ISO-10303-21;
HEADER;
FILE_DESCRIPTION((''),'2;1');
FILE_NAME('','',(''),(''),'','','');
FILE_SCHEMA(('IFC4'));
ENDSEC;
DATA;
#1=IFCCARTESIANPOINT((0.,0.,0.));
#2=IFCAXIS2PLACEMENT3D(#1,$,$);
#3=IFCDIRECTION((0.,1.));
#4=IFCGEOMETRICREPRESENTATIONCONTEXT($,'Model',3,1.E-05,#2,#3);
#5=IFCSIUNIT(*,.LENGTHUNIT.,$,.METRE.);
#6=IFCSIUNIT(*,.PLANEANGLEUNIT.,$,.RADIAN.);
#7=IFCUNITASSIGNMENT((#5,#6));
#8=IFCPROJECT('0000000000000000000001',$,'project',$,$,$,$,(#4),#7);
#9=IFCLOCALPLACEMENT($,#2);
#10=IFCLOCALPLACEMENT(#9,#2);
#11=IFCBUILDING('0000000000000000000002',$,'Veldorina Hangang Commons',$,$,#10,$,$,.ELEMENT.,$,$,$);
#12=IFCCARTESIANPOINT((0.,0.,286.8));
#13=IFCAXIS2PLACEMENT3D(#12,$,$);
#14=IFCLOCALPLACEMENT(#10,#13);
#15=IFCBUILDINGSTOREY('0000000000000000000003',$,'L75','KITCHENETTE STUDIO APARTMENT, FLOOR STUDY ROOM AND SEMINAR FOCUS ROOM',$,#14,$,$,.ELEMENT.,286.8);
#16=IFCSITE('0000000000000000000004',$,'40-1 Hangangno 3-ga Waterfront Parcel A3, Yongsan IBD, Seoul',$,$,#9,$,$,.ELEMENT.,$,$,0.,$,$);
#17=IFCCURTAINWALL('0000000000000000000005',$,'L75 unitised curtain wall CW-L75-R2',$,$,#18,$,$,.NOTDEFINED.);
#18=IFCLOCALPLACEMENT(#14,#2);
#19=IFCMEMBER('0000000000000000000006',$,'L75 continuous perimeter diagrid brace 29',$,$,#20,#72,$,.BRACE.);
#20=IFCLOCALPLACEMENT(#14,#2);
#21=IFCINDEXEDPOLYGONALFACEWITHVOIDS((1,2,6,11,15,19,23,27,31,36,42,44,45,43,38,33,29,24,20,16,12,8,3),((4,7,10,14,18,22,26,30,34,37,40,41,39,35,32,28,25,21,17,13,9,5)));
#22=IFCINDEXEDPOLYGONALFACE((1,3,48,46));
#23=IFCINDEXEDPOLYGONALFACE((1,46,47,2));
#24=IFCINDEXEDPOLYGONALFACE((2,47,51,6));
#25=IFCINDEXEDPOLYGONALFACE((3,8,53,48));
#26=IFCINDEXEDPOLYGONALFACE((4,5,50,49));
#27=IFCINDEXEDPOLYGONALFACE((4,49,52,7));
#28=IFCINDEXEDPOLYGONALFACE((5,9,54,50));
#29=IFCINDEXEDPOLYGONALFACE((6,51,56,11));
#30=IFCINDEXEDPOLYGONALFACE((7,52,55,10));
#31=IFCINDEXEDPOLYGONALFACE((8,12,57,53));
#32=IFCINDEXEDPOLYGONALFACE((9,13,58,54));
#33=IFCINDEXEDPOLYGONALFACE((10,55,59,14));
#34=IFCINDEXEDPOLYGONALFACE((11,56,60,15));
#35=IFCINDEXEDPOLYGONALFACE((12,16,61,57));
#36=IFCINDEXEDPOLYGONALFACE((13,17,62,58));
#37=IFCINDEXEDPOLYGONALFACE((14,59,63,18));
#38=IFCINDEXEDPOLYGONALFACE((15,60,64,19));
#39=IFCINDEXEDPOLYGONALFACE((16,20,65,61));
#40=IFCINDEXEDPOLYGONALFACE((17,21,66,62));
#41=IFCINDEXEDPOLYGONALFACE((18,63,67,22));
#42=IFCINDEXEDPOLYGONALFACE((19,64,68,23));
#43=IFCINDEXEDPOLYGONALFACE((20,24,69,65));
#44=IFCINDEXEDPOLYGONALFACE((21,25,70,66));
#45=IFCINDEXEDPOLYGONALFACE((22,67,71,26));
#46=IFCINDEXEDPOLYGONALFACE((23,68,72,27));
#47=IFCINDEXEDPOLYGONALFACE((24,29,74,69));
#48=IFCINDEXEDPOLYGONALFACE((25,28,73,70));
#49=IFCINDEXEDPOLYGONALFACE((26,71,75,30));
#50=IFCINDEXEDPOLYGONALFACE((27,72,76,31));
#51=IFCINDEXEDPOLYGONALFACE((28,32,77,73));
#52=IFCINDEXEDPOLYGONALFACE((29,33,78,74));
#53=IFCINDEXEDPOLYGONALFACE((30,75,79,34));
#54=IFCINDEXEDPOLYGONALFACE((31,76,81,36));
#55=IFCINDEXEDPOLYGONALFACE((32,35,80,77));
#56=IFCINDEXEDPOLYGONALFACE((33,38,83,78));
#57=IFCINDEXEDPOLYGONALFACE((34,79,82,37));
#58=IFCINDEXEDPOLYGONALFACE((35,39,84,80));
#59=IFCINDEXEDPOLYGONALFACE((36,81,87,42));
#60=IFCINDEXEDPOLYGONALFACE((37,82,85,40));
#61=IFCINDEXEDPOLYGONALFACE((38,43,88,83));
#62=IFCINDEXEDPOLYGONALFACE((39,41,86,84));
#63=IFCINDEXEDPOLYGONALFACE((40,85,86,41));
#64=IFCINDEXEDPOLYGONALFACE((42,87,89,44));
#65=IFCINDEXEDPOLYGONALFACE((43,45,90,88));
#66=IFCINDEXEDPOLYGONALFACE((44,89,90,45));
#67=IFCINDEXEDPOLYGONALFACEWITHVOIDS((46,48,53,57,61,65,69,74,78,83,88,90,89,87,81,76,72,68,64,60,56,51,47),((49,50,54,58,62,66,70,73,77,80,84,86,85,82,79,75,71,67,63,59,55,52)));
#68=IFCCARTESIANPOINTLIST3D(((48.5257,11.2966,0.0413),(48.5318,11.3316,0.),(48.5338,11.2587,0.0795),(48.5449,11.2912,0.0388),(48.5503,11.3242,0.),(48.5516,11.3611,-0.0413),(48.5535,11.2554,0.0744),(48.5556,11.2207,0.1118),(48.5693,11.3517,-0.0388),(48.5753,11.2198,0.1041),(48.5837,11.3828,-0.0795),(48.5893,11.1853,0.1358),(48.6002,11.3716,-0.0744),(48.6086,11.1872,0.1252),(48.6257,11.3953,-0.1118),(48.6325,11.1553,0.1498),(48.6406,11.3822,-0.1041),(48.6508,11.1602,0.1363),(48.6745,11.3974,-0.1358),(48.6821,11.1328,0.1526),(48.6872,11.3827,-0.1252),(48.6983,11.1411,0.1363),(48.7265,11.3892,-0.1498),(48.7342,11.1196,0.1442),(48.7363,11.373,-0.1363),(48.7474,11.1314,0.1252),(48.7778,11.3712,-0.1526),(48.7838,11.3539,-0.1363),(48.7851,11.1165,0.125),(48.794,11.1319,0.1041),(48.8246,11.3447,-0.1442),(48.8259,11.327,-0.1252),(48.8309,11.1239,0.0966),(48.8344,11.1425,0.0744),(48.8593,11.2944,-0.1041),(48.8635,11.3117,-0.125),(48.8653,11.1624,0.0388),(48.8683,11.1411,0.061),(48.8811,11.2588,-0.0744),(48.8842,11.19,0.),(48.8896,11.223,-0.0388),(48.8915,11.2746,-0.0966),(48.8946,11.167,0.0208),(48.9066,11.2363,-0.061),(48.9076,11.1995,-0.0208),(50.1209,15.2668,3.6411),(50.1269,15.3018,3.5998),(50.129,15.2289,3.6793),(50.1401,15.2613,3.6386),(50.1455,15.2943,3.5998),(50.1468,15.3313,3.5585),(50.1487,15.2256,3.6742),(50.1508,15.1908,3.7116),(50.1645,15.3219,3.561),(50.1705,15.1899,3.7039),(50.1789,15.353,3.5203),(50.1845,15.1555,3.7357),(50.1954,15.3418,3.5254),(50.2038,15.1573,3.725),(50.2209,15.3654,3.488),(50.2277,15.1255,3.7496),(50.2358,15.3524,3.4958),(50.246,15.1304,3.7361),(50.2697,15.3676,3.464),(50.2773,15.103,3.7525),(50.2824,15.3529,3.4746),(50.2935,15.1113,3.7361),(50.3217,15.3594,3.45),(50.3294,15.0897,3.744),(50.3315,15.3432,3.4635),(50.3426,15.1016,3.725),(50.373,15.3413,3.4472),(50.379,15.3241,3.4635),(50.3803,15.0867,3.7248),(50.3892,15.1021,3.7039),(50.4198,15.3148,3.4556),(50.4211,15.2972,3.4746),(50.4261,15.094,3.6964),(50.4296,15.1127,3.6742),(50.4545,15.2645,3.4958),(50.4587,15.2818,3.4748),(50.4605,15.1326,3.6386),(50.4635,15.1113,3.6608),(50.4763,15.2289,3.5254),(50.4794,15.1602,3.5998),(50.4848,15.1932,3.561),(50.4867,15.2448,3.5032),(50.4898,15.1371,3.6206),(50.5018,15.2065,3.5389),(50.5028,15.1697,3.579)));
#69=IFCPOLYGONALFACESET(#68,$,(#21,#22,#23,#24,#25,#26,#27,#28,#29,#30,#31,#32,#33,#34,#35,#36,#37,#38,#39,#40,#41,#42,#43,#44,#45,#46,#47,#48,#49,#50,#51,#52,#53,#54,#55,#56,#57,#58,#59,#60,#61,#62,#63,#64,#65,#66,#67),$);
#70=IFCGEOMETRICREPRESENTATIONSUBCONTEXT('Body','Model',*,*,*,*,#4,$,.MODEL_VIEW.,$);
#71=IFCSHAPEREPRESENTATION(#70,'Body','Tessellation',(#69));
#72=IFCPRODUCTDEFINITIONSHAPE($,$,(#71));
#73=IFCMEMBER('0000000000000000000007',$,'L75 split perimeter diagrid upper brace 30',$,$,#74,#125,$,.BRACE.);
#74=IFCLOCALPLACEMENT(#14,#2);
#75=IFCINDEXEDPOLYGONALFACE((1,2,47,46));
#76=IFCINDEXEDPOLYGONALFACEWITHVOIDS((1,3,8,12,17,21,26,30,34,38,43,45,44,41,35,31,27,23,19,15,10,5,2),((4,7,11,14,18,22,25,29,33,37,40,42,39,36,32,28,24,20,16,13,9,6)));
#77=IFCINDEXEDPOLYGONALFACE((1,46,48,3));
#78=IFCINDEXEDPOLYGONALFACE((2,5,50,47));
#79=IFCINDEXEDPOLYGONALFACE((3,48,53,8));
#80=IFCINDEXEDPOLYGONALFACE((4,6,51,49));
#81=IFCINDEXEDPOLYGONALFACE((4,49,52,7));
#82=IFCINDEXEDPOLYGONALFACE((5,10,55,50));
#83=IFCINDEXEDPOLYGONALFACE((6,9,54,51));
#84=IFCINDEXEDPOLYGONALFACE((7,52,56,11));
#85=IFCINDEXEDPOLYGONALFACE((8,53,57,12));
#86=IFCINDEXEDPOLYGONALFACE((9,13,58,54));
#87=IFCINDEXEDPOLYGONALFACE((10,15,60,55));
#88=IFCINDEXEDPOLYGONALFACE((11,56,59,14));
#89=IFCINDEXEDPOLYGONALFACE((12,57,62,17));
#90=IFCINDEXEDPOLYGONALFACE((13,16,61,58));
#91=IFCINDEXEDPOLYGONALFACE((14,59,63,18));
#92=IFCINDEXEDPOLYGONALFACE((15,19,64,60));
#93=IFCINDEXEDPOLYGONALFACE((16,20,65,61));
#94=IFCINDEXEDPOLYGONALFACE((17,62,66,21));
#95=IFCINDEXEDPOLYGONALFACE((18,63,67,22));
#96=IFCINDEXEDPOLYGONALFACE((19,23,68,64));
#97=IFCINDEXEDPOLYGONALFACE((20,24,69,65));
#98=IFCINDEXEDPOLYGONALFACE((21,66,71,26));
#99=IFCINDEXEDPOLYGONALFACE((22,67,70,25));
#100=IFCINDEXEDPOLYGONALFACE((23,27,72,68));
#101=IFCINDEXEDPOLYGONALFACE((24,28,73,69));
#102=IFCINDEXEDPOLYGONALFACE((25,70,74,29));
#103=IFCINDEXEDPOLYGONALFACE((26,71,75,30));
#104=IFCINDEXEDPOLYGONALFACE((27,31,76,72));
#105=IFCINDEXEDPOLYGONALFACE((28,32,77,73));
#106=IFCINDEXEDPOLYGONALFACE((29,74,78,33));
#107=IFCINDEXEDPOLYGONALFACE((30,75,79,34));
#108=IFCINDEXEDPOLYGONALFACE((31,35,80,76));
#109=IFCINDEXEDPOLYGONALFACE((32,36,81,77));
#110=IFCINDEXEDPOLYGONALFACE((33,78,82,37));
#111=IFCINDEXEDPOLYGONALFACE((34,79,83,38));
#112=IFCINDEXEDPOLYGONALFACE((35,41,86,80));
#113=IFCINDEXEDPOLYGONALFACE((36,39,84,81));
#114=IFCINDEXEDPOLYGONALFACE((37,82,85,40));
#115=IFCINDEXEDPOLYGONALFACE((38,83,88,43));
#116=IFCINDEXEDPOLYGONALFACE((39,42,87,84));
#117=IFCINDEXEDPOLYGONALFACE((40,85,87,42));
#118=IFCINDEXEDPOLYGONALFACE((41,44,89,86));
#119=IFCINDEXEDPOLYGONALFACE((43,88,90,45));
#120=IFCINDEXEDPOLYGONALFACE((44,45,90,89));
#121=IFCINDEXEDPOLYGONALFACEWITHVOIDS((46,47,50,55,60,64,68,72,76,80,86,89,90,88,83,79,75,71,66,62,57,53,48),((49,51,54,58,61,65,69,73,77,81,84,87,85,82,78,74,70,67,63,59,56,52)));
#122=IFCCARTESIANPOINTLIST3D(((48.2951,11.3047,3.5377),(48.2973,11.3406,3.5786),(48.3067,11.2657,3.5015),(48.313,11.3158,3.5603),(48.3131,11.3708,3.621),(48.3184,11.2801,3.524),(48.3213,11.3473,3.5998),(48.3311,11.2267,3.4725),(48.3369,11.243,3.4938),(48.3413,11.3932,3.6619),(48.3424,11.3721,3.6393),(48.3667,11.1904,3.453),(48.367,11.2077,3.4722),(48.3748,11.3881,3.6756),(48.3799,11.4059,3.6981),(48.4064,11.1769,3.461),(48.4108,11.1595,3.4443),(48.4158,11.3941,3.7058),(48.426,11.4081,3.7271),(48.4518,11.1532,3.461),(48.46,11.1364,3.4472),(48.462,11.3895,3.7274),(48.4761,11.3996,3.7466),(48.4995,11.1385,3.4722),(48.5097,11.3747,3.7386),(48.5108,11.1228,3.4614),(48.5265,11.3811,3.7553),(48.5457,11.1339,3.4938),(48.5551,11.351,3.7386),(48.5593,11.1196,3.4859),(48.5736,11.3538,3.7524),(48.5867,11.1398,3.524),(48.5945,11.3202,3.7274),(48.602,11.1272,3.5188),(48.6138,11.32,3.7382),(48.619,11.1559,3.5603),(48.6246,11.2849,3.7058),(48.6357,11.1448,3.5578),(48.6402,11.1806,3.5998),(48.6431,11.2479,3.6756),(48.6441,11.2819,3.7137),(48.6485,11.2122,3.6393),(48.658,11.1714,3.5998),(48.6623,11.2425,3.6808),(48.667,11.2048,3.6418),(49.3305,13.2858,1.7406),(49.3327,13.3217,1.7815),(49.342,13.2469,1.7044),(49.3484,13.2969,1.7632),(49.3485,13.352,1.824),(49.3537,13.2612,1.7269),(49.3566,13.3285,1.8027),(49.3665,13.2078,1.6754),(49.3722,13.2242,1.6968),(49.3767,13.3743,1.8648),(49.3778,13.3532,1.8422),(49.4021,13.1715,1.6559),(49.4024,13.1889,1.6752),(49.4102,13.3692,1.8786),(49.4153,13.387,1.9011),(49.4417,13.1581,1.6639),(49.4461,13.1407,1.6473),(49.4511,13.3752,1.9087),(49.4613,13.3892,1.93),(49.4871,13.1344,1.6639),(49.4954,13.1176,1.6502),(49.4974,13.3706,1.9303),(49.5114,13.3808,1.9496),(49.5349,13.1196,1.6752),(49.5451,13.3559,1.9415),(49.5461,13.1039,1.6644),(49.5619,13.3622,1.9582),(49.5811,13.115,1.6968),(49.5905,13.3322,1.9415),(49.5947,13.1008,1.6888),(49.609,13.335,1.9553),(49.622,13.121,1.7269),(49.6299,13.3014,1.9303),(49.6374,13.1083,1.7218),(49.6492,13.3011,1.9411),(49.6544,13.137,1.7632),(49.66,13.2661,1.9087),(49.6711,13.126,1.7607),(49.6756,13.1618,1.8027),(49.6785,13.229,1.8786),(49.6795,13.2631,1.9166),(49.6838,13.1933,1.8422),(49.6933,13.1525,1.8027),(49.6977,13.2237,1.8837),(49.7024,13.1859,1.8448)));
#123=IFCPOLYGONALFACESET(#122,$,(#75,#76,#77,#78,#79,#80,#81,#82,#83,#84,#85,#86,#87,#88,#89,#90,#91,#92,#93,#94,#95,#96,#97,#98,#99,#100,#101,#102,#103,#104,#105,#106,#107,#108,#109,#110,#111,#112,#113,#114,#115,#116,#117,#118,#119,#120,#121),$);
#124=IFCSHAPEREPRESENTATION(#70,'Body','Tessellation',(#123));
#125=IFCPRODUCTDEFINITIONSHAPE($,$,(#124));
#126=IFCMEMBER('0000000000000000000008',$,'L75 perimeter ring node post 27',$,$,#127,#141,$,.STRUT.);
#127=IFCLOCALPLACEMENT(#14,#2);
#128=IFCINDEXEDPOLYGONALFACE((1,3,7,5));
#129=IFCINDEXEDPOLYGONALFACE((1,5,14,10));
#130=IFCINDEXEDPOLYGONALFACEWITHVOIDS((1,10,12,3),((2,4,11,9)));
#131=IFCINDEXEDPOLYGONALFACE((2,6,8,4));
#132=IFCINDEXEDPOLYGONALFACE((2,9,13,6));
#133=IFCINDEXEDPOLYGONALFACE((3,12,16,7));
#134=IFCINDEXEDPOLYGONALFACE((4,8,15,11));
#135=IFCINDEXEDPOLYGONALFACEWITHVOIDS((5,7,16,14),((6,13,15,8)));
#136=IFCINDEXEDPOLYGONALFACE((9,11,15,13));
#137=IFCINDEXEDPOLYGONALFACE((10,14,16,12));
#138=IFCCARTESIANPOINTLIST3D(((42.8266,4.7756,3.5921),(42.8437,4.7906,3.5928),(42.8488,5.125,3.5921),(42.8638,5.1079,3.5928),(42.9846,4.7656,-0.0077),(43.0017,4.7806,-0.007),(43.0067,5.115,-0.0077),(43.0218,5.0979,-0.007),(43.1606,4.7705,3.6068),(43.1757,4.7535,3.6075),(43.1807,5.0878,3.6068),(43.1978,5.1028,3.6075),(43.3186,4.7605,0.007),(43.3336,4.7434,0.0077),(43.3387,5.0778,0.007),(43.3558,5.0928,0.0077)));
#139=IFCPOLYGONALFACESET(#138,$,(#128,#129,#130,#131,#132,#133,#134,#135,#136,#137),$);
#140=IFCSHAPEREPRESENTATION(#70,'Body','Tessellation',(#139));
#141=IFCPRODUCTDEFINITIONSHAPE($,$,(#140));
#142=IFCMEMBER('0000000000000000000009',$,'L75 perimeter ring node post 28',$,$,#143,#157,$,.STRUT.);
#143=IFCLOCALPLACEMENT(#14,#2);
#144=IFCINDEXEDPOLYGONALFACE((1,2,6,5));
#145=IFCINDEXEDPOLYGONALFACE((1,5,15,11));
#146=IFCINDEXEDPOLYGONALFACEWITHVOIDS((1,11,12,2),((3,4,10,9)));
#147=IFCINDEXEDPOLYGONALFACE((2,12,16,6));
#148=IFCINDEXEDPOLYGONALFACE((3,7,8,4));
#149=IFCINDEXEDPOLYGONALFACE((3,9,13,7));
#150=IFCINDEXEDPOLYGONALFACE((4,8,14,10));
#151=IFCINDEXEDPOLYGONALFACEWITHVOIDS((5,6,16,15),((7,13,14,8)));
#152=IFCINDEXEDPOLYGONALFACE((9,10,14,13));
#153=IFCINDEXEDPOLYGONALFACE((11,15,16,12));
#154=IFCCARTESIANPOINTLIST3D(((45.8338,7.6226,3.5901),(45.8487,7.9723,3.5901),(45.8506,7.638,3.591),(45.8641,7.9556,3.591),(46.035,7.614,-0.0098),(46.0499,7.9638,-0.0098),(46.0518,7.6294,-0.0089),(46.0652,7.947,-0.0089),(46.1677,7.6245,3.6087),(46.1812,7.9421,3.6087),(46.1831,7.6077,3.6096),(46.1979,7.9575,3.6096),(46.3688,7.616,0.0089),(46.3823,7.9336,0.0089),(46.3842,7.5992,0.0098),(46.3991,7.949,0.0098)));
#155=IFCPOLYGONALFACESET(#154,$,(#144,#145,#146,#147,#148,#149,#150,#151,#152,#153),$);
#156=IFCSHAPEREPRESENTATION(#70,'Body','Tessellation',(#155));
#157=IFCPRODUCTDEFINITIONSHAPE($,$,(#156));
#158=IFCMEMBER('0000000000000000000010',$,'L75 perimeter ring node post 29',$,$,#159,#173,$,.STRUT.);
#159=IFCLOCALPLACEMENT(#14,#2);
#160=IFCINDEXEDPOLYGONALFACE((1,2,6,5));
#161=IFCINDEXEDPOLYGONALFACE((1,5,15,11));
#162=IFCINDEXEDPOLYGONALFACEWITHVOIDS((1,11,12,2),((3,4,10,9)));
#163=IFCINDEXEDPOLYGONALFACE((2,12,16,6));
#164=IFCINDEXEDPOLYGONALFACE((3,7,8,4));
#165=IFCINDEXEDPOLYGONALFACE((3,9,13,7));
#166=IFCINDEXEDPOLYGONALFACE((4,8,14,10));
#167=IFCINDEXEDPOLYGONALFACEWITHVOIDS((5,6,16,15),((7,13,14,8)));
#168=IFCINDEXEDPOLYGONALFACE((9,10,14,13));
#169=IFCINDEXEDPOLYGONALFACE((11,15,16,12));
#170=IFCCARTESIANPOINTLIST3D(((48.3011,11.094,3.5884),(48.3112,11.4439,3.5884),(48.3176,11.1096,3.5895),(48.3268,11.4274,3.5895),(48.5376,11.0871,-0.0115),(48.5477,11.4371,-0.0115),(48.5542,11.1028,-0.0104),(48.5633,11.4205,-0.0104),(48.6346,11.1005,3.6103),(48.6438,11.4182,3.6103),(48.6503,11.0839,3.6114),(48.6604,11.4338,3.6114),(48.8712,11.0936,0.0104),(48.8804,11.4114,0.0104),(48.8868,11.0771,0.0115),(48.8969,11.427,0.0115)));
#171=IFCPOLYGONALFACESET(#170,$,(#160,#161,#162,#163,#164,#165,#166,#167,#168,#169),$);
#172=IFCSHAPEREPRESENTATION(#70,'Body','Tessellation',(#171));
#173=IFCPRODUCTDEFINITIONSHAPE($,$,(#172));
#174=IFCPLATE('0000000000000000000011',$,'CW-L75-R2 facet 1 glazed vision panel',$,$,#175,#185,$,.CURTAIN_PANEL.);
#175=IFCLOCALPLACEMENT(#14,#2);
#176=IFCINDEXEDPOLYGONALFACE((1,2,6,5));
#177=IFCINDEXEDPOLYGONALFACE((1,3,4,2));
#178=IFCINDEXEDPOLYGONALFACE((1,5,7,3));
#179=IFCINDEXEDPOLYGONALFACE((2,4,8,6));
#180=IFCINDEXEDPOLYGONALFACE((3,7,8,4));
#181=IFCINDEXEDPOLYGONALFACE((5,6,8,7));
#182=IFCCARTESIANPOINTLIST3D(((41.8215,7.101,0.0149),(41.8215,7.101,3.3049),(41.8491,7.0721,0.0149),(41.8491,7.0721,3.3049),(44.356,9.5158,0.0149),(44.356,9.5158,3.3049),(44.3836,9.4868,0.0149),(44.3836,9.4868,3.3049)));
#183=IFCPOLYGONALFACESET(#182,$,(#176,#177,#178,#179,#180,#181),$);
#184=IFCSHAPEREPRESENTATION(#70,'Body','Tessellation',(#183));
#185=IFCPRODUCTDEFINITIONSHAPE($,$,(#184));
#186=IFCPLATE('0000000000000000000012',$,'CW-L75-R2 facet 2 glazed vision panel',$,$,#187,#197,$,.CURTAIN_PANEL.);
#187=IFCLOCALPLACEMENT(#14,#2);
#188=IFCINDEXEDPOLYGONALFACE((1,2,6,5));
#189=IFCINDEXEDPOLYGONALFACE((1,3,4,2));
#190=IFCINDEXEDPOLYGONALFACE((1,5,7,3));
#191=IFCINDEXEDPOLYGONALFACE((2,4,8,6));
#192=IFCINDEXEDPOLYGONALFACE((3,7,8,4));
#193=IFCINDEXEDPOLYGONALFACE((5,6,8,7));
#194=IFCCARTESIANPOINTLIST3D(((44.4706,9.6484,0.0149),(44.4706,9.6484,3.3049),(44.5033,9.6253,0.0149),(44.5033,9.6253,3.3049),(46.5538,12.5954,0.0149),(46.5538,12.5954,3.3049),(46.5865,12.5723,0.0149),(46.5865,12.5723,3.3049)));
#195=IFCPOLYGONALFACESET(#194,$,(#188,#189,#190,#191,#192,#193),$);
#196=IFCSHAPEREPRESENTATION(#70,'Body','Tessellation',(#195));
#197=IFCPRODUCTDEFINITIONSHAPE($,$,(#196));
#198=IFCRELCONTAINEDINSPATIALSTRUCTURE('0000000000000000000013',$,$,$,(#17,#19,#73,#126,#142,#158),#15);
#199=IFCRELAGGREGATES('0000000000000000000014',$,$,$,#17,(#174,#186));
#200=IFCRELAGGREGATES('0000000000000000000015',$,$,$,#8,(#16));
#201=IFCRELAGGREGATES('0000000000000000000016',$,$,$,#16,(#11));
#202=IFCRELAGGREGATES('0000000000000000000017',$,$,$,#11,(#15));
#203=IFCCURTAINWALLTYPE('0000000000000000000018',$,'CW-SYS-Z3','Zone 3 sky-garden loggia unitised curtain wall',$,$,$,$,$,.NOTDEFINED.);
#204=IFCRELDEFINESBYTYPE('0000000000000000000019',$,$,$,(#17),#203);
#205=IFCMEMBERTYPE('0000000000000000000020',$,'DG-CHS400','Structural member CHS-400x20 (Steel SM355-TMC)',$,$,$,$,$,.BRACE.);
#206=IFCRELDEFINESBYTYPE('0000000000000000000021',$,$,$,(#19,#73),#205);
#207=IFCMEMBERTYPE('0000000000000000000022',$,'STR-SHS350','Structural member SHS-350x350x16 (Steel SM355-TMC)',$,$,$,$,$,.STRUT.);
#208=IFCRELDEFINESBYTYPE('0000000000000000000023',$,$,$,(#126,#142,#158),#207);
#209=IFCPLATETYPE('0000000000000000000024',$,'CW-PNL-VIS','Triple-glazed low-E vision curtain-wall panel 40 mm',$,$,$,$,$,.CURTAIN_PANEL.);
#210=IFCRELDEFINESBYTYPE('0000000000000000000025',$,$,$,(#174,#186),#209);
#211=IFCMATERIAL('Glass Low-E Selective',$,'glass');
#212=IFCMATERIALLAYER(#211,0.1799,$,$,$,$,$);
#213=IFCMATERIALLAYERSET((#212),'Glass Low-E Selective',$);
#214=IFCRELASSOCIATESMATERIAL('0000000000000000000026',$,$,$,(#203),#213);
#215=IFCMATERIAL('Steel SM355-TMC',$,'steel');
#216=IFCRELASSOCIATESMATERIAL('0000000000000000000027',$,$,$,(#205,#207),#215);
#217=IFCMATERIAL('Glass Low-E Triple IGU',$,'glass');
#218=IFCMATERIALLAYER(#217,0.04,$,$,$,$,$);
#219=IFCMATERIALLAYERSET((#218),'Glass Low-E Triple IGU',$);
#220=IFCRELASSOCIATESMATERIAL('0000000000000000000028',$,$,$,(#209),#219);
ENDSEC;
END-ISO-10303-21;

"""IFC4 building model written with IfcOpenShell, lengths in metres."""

from ifc_helpers import new_model, si_unit, direction, frame, origin, origin_2d, place, context, subcontext, project, spatial, rectangle, hollow_rectangle, hollow_circle, extrude, material, layer, layer_set, material_profile, profile_set, type_object, element, aggregate, save


model = new_model("IFC4")

# Units and contexts
model_context = context("Model", 3, precision=1e-05, world=origin(), true_north=direction((0.0, 1.0)))
body_context = subcontext(model_context, "Body", "Model", "MODEL_VIEW")
ifc_project = project(units=[si_unit("LENGTHUNIT", "METRE"), si_unit("PLANEANGLEUNIT", "RADIAN")], contexts=[model_context])

# Site, building, storey
site_placement = place(None, origin())
site = spatial("IfcSite", under=ifc_project, at=site_placement, Name="40-1 Hangangno 3-ga Waterfront Parcel A3, Yongsan IBD, Seoul", CompositionType="ELEMENT", RefElevation=0.0)
building_placement = place(site_placement, origin())
building = spatial("IfcBuilding", under=site, at=building_placement, Name="Veldorina Hangang Commons", CompositionType="ELEMENT")
storey_placement = place(building_placement, frame((0.0, 0.0, 286.8)))
storey = spatial("IfcBuildingStorey", under=building, at=storey_placement, Name="L75", Description="KITCHENETTE STUDIO APARTMENT, FLOOR STUDY ROOM AND SEMINAR FOCUS ROOM", CompositionType="ELEMENT", Elevation=286.8)

# Shared definitions
ifc_material_1 = material(Name="Steel SM355-TMC", Category="steel")

# Curtain wall
ifc_material_2 = material(Name="Glass Low-E Selective", Category="glass")
ifc_layer_1 = layer(ifc_material_2, 0.1799)
ifc_layer_set_1 = layer_set([ifc_layer_1], Name="Glass Low-E Selective")
curtain_wall_type = type_object("IfcCurtainWallType", Name="CW-SYS-Z3", Description="Zone 3 sky-garden loggia unitised curtain wall", PredefinedType="NOTDEFINED", material=ifc_layer_set_1)
curtain_wall_placement = place(storey_placement, origin())
curtain_wall = element("IfcCurtainWall", 1, at=curtain_wall_placement, inside=storey, type_object=curtain_wall_type, Name="L75 unitised curtain wall CW-L75-R2", PredefinedType="NOTDEFINED")

# Members
ifc_material_profile_1 = material_profile(ifc_material_1, hollow_circle(Radius=0.2, WallThickness=0.02, at=origin_2d()), Name="CHS-400x20")
ifc_profile_set_1 = profile_set([ifc_material_profile_1], Name="Steel SM355-TMC")
member_type_1 = type_object("IfcMemberType", Name="DG-CHS400", Description="Structural member CHS-400x20 (Steel SM355-TMC)", PredefinedType="BRACE", material=ifc_profile_set_1)
member_1_placement = place(storey_placement, frame((48.7173, 11.2571, 0.0), z_axis=(0.285286, 0.710029, 0.643794), x_axis=(-0.927901, 0.372827, 0.0)))
element("IfcMember", 2, at=member_1_placement, inside=storey, type_object=member_type_1, Name="L75 continuous perimeter diagrid brace 29", PredefinedType="BRACE", context=body_context, shape_type="SweptSolid", body=[
    extrude(hollow_circle(Radius=0.2, WallThickness=0.02, at=origin_2d()), origin(), (0.0, 0.0, 1.0), 5.5916),
])
member_2_placement = place(storey_placement, frame((49.5161, 13.2451, 1.8027), z_axis=(-0.360987, -0.690736, 0.626556), x_axis=(0.886267, -0.463174, 0.0)))
element("IfcMember", 3, at=member_2_placement, inside=storey, type_object=member_type_1, Name="L75 split perimeter diagrid upper brace 30", PredefinedType="BRACE", context=body_context, shape_type="SweptSolid", body=[
    extrude(hollow_circle(Radius=0.2, WallThickness=0.02, at=origin_2d()), origin(), (0.0, 0.0, 1.0), 2.8682),
])
ifc_material_profile_2 = material_profile(ifc_material_1, hollow_rectangle(XDim=0.3501, YDim=0.3501, WallThickness=0.0161, at=origin_2d()), Name="SHS-350x350x16")
ifc_profile_set_2 = profile_set([ifc_material_profile_2], Name="Steel SM355-TMC")
member_type_2 = type_object("IfcMemberType", Name="STR-SHS350", Description="Structural member SHS-350x350x16 (Steel SM355-TMC)", PredefinedType="STRUT", material=ifc_profile_set_2)
member_3_placement = place(storey_placement, frame((43.1702, 4.9292, 0.0), z_axis=(-0.043837, 0.002778, 0.999035), x_axis=(-0.063243, -0.997998, 0.0)))
element("IfcMember", 4, at=member_3_placement, inside=storey, type_object=member_type_2, Name="L75 perimeter ring node post 27", PredefinedType="STRUT", context=body_context, shape_type="SweptSolid", body=[
    extrude(hollow_rectangle(XDim=0.3501, YDim=0.3501, WallThickness=0.0161, at=origin_2d()), origin(), (0.0, 0.0, 1.0), 3.6033),
])
member_4_placement = place(storey_placement, frame((46.217, 7.7815, 0.0), z_axis=(-0.055796, 0.00237, 0.998439), x_axis=(-0.042437, -0.999099, 0.0)))
element("IfcMember", 5, at=member_4_placement, inside=storey, type_object=member_type_2, Name="L75 perimeter ring node post 28", PredefinedType="STRUT", context=body_context, shape_type="SweptSolid", body=[
    extrude(hollow_rectangle(XDim=0.3501, YDim=0.3501, WallThickness=0.0161, at=origin_2d()), origin(), (0.0, 0.0, 1.0), 3.6055),
])
member_5_placement = place(storey_placement, frame((48.7173, 11.2571, 0.0), z_axis=(-0.065576, 0.001895, 0.997846), x_axis=(-0.028884, -0.999583, 0.0)))
element("IfcMember", 6, at=member_5_placement, inside=storey, type_object=member_type_2, Name="L75 perimeter ring node post 29", PredefinedType="STRUT", context=body_context, shape_type="SweptSolid", body=[
    extrude(hollow_rectangle(XDim=0.3501, YDim=0.3501, WallThickness=0.0161, at=origin_2d()), origin(), (0.0, 0.0, 1.0), 3.6077),
])

# Plates
ifc_material_3 = material(Name="Glass Low-E Triple IGU", Category="glass")
ifc_layer_2 = layer(ifc_material_3, 0.04)
ifc_layer_set_2 = layer_set([ifc_layer_2], Name="Glass Low-E Triple IGU")
plate_type_1 = type_object("IfcPlateType", Name="CW-PNL-VIS", Description="Triple-glazed low-E vision curtain-wall panel 40 mm", PredefinedType="CURTAIN_PANEL", material=ifc_layer_set_2)
plate_1_placement = place(storey_placement, frame((43.1025, 8.2939, 0.0149), z_axis=(0.0, 0.0, 1.0), x_axis=(0.724003, 0.689796, 0.0)))
plate_1 = element("IfcPlate", 7, at=plate_1_placement, type_object=plate_type_1, Name="CW-L75-R2 facet 1 glazed vision panel", PredefinedType="CURTAIN_PANEL", context=body_context, shape_type="SweptSolid", body=[
    extrude(rectangle(XDim=3.5007, YDim=0.04, at=origin_2d()), origin(), (0.0, 0.0, 1.0), 3.29),
])
plate_2_placement = place(storey_placement, frame((45.5286, 11.1104, 0.0149), z_axis=(0.0, 0.0, 1.0), x_axis=(0.577231, 0.816581, 0.0)))
plate_2 = element("IfcPlate", 8, at=plate_2_placement, type_object=plate_type_1, Name="CW-L75-R2 facet 2 glazed vision panel", PredefinedType="CURTAIN_PANEL", context=body_context, shape_type="SweptSolid", body=[
    extrude(rectangle(XDim=3.6089, YDim=0.04, at=origin_2d()), origin(), (0.0, 0.0, 1.0), 3.29),
])
aggregate(curtain_wall, [plate_1, plate_2])

save(model, "model.ifc")
